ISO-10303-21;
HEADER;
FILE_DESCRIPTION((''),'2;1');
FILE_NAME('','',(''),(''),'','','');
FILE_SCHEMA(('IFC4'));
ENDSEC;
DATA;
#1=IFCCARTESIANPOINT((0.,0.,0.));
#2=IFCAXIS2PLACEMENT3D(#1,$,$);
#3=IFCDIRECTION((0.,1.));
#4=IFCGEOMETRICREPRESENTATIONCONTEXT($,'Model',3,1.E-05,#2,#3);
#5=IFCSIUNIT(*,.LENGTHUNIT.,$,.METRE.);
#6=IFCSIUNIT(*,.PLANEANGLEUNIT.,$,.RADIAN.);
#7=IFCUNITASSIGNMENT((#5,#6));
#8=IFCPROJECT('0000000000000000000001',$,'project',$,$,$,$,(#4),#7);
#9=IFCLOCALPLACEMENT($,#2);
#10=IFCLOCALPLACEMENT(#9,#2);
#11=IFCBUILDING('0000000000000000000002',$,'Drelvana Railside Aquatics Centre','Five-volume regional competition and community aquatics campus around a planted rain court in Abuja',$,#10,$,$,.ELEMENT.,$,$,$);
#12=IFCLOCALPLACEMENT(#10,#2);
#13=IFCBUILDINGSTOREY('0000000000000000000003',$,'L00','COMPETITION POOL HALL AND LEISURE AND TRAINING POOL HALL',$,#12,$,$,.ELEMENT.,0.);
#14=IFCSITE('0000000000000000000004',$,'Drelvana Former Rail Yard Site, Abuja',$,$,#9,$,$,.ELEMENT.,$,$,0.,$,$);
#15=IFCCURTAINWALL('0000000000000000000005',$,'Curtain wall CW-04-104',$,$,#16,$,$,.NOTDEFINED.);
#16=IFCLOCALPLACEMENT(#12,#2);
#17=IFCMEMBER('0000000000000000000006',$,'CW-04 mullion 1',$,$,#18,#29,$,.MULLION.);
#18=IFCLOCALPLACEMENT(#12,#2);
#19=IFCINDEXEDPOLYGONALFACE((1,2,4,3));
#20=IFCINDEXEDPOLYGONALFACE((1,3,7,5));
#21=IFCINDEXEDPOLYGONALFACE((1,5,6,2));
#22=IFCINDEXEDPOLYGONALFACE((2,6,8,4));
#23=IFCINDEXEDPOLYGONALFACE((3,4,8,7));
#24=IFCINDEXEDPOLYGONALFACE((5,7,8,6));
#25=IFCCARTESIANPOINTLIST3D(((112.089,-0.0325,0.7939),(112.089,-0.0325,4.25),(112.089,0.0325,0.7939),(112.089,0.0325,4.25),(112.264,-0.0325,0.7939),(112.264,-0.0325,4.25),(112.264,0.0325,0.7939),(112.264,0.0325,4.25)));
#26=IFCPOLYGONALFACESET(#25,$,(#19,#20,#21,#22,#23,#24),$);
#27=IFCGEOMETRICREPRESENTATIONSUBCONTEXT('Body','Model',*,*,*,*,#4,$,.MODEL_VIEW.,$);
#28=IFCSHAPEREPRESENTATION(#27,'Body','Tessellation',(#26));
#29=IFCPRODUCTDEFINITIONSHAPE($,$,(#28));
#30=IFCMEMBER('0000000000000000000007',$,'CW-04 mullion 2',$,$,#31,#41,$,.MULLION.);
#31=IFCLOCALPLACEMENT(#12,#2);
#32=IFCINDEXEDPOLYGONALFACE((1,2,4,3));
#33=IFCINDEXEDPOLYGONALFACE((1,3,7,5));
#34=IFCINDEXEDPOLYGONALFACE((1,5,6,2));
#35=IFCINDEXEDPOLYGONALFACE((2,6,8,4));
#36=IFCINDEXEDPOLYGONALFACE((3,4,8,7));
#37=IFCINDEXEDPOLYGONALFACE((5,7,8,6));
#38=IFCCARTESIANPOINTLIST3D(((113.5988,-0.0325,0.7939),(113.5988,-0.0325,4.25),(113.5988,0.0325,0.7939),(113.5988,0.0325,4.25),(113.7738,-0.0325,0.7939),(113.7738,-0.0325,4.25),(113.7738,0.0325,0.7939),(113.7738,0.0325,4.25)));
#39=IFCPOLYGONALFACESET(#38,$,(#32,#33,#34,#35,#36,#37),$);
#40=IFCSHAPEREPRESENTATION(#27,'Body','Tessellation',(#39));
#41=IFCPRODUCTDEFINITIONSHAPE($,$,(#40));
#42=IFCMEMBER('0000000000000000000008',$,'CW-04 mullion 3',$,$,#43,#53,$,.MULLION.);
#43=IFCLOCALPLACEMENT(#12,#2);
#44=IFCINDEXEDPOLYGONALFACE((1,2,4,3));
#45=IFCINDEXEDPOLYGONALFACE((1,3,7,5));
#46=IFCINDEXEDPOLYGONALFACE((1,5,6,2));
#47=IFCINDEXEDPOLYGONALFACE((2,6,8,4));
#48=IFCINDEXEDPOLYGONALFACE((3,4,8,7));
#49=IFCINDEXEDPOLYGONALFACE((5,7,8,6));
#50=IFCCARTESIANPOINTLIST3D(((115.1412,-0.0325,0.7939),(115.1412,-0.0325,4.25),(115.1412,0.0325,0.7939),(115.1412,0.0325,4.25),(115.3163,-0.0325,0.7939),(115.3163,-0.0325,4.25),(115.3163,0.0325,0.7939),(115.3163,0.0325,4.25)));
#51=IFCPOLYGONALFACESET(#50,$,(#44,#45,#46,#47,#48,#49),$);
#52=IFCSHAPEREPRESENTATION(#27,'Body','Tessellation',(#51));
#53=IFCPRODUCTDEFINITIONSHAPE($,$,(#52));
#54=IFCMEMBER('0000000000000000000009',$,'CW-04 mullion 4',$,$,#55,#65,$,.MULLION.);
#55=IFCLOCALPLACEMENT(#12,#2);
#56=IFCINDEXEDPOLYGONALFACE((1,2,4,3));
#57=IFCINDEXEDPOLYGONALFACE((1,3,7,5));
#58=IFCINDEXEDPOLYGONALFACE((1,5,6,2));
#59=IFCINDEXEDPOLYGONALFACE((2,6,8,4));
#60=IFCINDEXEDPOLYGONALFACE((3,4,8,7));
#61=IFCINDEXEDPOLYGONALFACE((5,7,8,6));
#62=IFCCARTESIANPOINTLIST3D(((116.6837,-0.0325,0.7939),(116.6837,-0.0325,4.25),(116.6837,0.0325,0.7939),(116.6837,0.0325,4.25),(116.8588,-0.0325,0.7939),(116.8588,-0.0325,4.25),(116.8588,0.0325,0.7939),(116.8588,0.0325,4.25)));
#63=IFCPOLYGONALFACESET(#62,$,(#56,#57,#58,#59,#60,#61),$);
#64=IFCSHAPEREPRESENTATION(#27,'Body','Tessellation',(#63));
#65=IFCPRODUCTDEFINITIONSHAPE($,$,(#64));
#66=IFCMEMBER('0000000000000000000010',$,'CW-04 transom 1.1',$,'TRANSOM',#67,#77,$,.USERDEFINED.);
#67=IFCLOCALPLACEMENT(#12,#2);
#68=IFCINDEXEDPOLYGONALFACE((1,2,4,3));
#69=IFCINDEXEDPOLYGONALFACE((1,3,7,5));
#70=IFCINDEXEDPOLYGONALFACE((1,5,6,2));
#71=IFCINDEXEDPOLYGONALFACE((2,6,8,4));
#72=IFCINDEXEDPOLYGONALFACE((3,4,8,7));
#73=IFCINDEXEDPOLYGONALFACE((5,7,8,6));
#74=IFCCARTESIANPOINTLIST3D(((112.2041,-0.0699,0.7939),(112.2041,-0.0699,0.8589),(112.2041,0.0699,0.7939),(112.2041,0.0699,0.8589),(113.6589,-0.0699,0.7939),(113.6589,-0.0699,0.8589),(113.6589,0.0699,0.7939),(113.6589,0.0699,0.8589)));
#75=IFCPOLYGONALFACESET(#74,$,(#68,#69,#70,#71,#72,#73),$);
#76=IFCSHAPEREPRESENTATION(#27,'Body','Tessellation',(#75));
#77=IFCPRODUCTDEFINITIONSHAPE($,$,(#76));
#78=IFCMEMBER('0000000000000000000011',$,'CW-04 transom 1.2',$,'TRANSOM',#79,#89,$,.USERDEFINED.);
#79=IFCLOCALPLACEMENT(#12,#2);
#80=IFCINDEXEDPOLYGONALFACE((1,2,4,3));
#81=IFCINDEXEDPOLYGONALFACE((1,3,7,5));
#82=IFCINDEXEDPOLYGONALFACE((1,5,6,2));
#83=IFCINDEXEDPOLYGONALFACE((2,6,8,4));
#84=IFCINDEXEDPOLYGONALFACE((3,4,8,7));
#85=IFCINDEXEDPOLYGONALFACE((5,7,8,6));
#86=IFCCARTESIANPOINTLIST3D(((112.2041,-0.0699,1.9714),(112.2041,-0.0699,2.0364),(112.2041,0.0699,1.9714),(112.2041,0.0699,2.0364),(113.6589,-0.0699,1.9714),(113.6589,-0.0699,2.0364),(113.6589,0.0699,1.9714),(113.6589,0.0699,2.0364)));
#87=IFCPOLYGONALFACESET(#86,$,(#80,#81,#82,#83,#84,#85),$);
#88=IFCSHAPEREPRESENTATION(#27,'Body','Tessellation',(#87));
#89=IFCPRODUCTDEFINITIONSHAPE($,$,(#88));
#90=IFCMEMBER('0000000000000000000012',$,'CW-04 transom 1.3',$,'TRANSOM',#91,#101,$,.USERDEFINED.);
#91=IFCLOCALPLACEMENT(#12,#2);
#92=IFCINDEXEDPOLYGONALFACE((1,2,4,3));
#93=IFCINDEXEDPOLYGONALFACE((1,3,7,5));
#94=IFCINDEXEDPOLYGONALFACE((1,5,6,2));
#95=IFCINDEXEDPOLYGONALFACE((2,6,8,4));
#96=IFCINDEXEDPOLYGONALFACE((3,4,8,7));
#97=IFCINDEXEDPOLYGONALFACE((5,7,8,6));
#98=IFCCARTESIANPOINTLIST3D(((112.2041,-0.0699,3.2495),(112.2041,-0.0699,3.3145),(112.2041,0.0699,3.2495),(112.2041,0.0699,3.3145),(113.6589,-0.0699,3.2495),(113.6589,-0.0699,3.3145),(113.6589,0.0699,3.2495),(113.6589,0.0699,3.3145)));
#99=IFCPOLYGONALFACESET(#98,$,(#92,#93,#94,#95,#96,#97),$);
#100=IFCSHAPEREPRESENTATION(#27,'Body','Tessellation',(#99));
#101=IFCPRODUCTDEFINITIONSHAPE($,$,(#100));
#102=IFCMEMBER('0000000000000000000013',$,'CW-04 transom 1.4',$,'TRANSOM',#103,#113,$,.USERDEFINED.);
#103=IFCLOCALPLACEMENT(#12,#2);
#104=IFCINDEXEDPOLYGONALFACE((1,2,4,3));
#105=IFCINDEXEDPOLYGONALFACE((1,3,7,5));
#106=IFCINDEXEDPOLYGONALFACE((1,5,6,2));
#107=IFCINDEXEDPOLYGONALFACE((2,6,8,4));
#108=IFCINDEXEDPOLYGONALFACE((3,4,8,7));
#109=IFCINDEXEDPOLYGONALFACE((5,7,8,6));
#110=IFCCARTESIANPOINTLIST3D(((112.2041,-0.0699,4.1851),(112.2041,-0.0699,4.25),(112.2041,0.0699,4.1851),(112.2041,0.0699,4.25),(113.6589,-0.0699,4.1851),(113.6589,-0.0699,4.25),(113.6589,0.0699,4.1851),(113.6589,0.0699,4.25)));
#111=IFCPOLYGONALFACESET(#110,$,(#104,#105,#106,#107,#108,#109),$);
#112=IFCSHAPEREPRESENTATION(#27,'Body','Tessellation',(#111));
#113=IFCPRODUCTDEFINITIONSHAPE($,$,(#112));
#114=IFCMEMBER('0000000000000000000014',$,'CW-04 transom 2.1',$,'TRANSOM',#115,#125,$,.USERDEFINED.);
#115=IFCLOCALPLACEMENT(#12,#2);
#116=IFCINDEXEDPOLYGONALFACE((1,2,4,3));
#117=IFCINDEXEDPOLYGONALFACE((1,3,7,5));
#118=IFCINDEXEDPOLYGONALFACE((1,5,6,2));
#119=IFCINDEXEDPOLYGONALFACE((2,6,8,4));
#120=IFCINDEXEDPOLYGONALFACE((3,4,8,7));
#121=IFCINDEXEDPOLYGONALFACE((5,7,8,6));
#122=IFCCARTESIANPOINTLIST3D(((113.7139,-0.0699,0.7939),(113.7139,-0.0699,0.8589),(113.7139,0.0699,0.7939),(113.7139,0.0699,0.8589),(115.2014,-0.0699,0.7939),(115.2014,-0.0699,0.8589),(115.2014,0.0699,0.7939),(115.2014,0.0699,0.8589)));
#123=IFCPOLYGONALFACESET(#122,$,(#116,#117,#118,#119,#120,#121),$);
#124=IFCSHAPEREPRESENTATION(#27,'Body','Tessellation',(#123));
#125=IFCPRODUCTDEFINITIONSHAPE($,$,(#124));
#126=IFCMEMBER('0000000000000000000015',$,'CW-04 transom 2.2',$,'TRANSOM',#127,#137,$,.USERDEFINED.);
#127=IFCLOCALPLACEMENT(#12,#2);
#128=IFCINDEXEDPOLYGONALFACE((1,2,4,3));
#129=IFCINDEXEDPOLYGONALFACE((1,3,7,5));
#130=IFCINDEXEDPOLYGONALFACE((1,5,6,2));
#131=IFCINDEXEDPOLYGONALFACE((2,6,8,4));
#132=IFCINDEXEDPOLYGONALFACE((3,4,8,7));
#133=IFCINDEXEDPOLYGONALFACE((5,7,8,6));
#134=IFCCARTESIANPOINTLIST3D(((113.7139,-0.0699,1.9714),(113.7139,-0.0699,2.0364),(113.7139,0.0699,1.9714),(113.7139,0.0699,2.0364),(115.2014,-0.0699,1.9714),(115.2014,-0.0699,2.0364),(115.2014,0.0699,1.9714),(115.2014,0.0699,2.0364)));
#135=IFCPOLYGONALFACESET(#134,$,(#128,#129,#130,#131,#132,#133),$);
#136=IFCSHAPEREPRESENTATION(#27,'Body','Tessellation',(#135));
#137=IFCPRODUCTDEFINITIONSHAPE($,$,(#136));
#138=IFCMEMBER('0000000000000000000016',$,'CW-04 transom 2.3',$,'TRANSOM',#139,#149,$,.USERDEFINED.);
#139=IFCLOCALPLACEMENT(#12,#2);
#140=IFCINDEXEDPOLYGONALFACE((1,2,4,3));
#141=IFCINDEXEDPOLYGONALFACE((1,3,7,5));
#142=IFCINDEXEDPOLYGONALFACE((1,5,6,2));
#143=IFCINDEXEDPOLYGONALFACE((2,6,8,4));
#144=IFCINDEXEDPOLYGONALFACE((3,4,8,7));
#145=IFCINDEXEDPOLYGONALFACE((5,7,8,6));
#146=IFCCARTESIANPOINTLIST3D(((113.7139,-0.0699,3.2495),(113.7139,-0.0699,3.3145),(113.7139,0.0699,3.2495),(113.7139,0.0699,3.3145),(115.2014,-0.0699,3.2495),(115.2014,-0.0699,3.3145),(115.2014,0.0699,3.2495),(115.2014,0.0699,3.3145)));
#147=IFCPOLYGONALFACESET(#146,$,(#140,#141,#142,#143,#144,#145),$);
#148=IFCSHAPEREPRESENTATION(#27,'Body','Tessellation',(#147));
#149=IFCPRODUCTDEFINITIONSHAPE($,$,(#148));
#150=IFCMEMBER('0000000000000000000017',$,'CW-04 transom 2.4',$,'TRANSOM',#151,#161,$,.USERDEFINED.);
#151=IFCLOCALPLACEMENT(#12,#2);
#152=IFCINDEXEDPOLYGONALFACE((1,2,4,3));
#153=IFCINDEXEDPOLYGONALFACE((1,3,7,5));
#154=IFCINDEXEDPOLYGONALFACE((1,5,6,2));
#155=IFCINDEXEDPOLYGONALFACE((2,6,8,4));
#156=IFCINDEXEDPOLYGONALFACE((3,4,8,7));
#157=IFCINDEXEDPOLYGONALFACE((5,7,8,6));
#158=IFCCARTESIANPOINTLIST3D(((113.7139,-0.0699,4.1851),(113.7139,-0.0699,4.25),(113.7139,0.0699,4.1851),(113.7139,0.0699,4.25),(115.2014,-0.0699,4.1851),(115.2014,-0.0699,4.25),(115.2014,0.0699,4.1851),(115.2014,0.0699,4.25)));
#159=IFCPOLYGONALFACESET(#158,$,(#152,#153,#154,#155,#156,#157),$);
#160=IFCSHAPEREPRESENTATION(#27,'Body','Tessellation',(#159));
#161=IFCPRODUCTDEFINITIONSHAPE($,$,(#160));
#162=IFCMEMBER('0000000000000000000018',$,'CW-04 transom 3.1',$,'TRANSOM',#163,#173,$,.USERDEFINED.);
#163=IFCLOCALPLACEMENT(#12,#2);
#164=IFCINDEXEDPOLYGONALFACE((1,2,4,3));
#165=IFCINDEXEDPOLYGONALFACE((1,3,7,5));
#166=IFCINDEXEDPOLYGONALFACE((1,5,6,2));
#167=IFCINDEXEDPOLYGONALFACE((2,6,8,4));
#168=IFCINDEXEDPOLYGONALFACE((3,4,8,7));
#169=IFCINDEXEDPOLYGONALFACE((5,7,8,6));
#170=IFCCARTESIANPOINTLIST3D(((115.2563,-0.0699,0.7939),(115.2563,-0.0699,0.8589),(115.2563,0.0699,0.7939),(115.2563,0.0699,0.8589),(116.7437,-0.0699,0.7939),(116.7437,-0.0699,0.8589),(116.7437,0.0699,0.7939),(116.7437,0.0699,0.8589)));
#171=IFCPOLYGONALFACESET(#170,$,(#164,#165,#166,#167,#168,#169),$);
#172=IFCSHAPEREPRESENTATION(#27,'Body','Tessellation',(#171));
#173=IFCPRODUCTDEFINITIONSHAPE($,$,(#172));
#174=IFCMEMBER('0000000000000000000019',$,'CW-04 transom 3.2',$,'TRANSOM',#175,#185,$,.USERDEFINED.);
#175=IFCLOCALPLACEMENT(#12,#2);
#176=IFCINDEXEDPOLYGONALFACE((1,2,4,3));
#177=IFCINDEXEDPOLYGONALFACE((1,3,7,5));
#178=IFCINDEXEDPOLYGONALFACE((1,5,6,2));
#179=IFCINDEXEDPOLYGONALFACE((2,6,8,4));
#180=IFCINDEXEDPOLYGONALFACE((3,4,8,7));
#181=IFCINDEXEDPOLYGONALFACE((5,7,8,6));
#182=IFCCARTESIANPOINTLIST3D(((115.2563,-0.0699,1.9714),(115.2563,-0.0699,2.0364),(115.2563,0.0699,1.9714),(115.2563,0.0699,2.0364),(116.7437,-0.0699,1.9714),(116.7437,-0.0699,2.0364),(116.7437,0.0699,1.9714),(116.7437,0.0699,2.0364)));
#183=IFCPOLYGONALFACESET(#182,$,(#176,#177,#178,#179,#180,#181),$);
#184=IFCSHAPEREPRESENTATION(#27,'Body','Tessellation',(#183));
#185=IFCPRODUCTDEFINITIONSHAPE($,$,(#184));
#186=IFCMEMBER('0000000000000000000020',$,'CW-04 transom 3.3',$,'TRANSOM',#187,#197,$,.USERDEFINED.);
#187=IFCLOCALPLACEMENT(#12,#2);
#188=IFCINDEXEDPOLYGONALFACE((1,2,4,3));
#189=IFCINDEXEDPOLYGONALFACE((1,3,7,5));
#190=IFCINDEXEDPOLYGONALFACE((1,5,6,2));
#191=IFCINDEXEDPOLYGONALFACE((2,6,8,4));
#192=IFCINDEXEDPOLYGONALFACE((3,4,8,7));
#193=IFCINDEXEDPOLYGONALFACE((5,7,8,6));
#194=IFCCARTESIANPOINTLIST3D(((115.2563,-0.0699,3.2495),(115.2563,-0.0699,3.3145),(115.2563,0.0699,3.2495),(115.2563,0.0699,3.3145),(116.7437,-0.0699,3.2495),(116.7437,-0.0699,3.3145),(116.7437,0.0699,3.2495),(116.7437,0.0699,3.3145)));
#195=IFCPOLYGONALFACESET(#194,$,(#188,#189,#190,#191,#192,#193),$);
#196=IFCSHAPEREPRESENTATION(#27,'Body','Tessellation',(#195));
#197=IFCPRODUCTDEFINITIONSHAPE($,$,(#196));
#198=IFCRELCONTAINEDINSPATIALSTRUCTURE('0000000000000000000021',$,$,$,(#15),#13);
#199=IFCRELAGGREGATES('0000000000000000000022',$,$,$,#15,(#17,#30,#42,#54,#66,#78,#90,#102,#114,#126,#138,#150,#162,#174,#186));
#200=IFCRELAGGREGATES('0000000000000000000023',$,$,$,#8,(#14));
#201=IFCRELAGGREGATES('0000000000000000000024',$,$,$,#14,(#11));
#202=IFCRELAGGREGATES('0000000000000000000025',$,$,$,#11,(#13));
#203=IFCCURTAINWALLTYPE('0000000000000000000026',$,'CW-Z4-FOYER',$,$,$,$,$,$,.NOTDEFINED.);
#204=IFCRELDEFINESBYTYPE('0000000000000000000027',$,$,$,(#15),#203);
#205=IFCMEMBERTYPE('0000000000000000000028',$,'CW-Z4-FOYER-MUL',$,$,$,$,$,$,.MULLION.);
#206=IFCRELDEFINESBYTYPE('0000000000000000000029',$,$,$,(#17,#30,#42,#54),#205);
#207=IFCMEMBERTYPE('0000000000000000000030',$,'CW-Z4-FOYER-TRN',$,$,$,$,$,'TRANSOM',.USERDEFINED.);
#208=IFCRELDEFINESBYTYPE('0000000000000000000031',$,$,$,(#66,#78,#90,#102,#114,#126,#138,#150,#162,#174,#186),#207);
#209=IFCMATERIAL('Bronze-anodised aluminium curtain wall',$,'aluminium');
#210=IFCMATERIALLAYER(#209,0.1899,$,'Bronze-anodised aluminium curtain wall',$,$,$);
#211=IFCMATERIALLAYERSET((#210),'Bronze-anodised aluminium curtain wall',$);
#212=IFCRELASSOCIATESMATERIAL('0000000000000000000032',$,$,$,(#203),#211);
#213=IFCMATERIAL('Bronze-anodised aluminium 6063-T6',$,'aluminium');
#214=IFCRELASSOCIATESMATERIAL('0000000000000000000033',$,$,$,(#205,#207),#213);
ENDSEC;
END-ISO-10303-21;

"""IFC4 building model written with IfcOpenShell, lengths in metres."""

from ifc_helpers import new_model, si_unit, direction, frame, origin, origin_2d, place, context, subcontext, project, spatial, rectangle, extrude, material, layer, layer_set, material_profile, profile_set, type_object, element, aggregate, save


model = new_model("IFC4")

# Units and contexts
model_context = context("Model", 3, precision=1e-05, world=origin(), true_north=direction((0.0, 1.0)))
body_context = subcontext(model_context, "Body", "Model", "MODEL_VIEW")
ifc_project = project(units=[si_unit("LENGTHUNIT", "METRE"), si_unit("PLANEANGLEUNIT", "RADIAN")], contexts=[model_context])

# Site, building, storey
site_placement = place(None, origin())
site = spatial("IfcSite", under=ifc_project, at=site_placement, Name="Drelvana Former Rail Yard Site, Abuja", CompositionType="ELEMENT", RefElevation=0.0)
building_placement = place(site_placement, origin())
building = spatial("IfcBuilding", under=site, at=building_placement, Name="Drelvana Railside Aquatics Centre", Description="Five-volume regional competition and community aquatics campus around a planted rain court in Abuja", CompositionType="ELEMENT")
storey_placement = place(building_placement, origin())
storey = spatial("IfcBuildingStorey", under=building, at=storey_placement, Name="L00", Description="COMPETITION POOL HALL AND LEISURE AND TRAINING POOL HALL", CompositionType="ELEMENT", Elevation=0.0)

# Curtain wall, members
ifc_material_1 = material(Name="Bronze-anodised aluminium curtain wall", Category="aluminium")
ifc_layer_1 = layer(ifc_material_1, 0.1899, Name="Bronze-anodised aluminium curtain wall")
ifc_layer_set_1 = layer_set([ifc_layer_1], Name="Bronze-anodised aluminium curtain wall")
curtain_wall_type = type_object("IfcCurtainWallType", Name="CW-Z4-FOYER", PredefinedType="NOTDEFINED", material=ifc_layer_set_1)
curtain_wall_placement = place(storey_placement, origin())
curtain_wall = element("IfcCurtainWall", 1, at=curtain_wall_placement, inside=storey, type_object=curtain_wall_type, Name="Curtain wall CW-04-104", PredefinedType="NOTDEFINED")
ifc_material_2 = material(Name="Bronze-anodised aluminium 6063-T6", Category="aluminium")
ifc_material_profile_1 = material_profile(ifc_material_2, rectangle(XDim=0.0649, YDim=0.175, at=origin_2d()), Name="ALU-M 65x175")
ifc_profile_set_1 = profile_set([ifc_material_profile_1], Name="Bronze-anodised aluminium 6063-T6")
member_type_1 = type_object("IfcMemberType", Name="CW-Z4-FOYER-MUL", PredefinedType="MULLION", material=ifc_profile_set_1)
member_1_placement = place(storey_placement, frame((112.1765, 0.0, 0.7939), z_axis=(0.0, 0.0, 1.0), x_axis=(0.0, 1.0, 0.0)))
member_1 = element("IfcMember", 2, at=member_1_placement, type_object=member_type_1, Name="CW-04 mullion 1", PredefinedType="MULLION", context=body_context, shape_type="SweptSolid", body=[
    extrude(rectangle(XDim=0.0649, YDim=0.175, at=origin_2d()), origin(), (0.0, 0.0, 1.0), 3.4561),
])
member_2_placement = place(storey_placement, frame((113.6863, 0.0, 0.7939), z_axis=(0.0, 0.0, 1.0), x_axis=(0.0, 1.0, 0.0)))
member_2 = element("IfcMember", 3, at=member_2_placement, type_object=member_type_1, Name="CW-04 mullion 2", PredefinedType="MULLION", context=body_context, shape_type="SweptSolid", body=[
    extrude(rectangle(XDim=0.0649, YDim=0.175, at=origin_2d()), origin(), (0.0, 0.0, 1.0), 3.4561),
])
member_3_placement = place(storey_placement, frame((115.2288, 0.0, 0.7939), z_axis=(0.0, 0.0, 1.0), x_axis=(0.0, 1.0, 0.0)))
member_3 = element("IfcMember", 4, at=member_3_placement, type_object=member_type_1, Name="CW-04 mullion 3", PredefinedType="MULLION", context=body_context, shape_type="SweptSolid", body=[
    extrude(rectangle(XDim=0.0649, YDim=0.175, at=origin_2d()), origin(), (0.0, 0.0, 1.0), 3.4561),
])
member_4_placement = place(storey_placement, frame((116.7712, 0.0, 0.7939), z_axis=(0.0, 0.0, 1.0), x_axis=(0.0, 1.0, 0.0)))
member_4 = element("IfcMember", 5, at=member_4_placement, type_object=member_type_1, Name="CW-04 mullion 4", PredefinedType="MULLION", context=body_context, shape_type="SweptSolid", body=[
    extrude(rectangle(XDim=0.0649, YDim=0.175, at=origin_2d()), origin(), (0.0, 0.0, 1.0), 3.4561),
])
ifc_material_profile_2 = material_profile(ifc_material_2, rectangle(XDim=0.1399, YDim=0.0649, at=origin_2d()), Name="ALU-T 65x140")
ifc_profile_set_2 = profile_set([ifc_material_profile_2], Name="Bronze-anodised aluminium 6063-T6")
member_type_2 = type_object("IfcMemberType", Name="CW-Z4-FOYER-TRN", ElementType="TRANSOM", PredefinedType="USERDEFINED", material=ifc_profile_set_2)
member_5_placement = place(storey_placement, frame((112.2041, 0.0, 0.8264), z_axis=(1.0, 0.0, 0.0), x_axis=(0.0, 1.0, 0.0)))
member_5 = element("IfcMember", 6, at=member_5_placement, type_object=member_type_2, Name="CW-04 transom 1.1", ObjectType="TRANSOM", PredefinedType="USERDEFINED", context=body_context, shape_type="SweptSolid", body=[
    extrude(rectangle(XDim=0.1399, YDim=0.0649, at=origin_2d()), origin(), (0.0, 0.0, 1.0), 1.4548),
])
member_6_placement = place(storey_placement, frame((112.2041, 0.0, 2.0039), z_axis=(1.0, 0.0, 0.0), x_axis=(0.0, 1.0, 0.0)))
member_6 = element("IfcMember", 7, at=member_6_placement, type_object=member_type_2, Name="CW-04 transom 1.2", ObjectType="TRANSOM", PredefinedType="USERDEFINED", context=body_context, shape_type="SweptSolid", body=[
    extrude(rectangle(XDim=0.1399, YDim=0.0649, at=origin_2d()), origin(), (0.0, 0.0, 1.0), 1.4548),
])
member_7_placement = place(storey_placement, frame((112.2041, 0.0, 3.282), z_axis=(1.0, 0.0, 0.0), x_axis=(0.0, 1.0, 0.0)))
member_7 = element("IfcMember", 8, at=member_7_placement, type_object=member_type_2, Name="CW-04 transom 1.3", ObjectType="TRANSOM", PredefinedType="USERDEFINED", context=body_context, shape_type="SweptSolid", body=[
    extrude(rectangle(XDim=0.1399, YDim=0.0649, at=origin_2d()), origin(), (0.0, 0.0, 1.0), 1.4548),
])
member_8_placement = place(storey_placement, frame((112.2041, 0.0, 4.2175), z_axis=(1.0, 0.0, 0.0), x_axis=(0.0, 1.0, 0.0)))
member_8 = element("IfcMember", 9, at=member_8_placement, type_object=member_type_2, Name="CW-04 transom 1.4", ObjectType="TRANSOM", PredefinedType="USERDEFINED", context=body_context, shape_type="SweptSolid", body=[
    extrude(rectangle(XDim=0.1399, YDim=0.0649, at=origin_2d()), origin(), (0.0, 0.0, 1.0), 1.4548),
])
member_9_placement = place(storey_placement, frame((113.7139, 0.0, 0.8264), z_axis=(1.0, 0.0, 0.0), x_axis=(0.0, 1.0, 0.0)))
member_9 = element("IfcMember", 10, at=member_9_placement, type_object=member_type_2, Name="CW-04 transom 2.1", ObjectType="TRANSOM", PredefinedType="USERDEFINED", context=body_context, shape_type="SweptSolid", body=[
    extrude(rectangle(XDim=0.1399, YDim=0.0649, at=origin_2d()), origin(), (0.0, 0.0, 1.0), 1.4875),
])
member_10_placement = place(storey_placement, frame((113.7139, 0.0, 2.0039), z_axis=(1.0, 0.0, 0.0), x_axis=(0.0, 1.0, 0.0)))
member_10 = element("IfcMember", 11, at=member_10_placement, type_object=member_type_2, Name="CW-04 transom 2.2", ObjectType="TRANSOM", PredefinedType="USERDEFINED", context=body_context, shape_type="SweptSolid", body=[
    extrude(rectangle(XDim=0.1399, YDim=0.0649, at=origin_2d()), origin(), (0.0, 0.0, 1.0), 1.4875),
])
member_11_placement = place(storey_placement, frame((113.7139, 0.0, 3.282), z_axis=(1.0, 0.0, 0.0), x_axis=(0.0, 1.0, 0.0)))
member_11 = element("IfcMember", 12, at=member_11_placement, type_object=member_type_2, Name="CW-04 transom 2.3", ObjectType="TRANSOM", PredefinedType="USERDEFINED", context=body_context, shape_type="SweptSolid", body=[
    extrude(rectangle(XDim=0.1399, YDim=0.0649, at=origin_2d()), origin(), (0.0, 0.0, 1.0), 1.4875),
])
member_12_placement = place(storey_placement, frame((113.7139, 0.0, 4.2175), z_axis=(1.0, 0.0, 0.0), x_axis=(0.0, 1.0, 0.0)))
member_12 = element("IfcMember", 13, at=member_12_placement, type_object=member_type_2, Name="CW-04 transom 2.4", ObjectType="TRANSOM", PredefinedType="USERDEFINED", context=body_context, shape_type="SweptSolid", body=[
    extrude(rectangle(XDim=0.1399, YDim=0.0649, at=origin_2d()), origin(), (0.0, 0.0, 1.0), 1.4875),
])
member_13_placement = place(storey_placement, frame((115.2563, 0.0, 0.8264), z_axis=(1.0, 0.0, 0.0), x_axis=(0.0, 1.0, 0.0)))
member_13 = element("IfcMember", 14, at=member_13_placement, type_object=member_type_2, Name="CW-04 transom 3.1", ObjectType="TRANSOM", PredefinedType="USERDEFINED", context=body_context, shape_type="SweptSolid", body=[
    extrude(rectangle(XDim=0.1399, YDim=0.0649, at=origin_2d()), origin(), (0.0, 0.0, 1.0), 1.4873),
])
member_14_placement = place(storey_placement, frame((115.2563, 0.0, 2.0039), z_axis=(1.0, 0.0, 0.0), x_axis=(0.0, 1.0, 0.0)))
member_14 = element("IfcMember", 15, at=member_14_placement, type_object=member_type_2, Name="CW-04 transom 3.2", ObjectType="TRANSOM", PredefinedType="USERDEFINED", context=body_context, shape_type="SweptSolid", body=[
    extrude(rectangle(XDim=0.1399, YDim=0.0649, at=origin_2d()), origin(), (0.0, 0.0, 1.0), 1.4873),
])
member_15_placement = place(storey_placement, frame((115.2563, 0.0, 3.282), z_axis=(1.0, 0.0, 0.0), x_axis=(0.0, 1.0, 0.0)))
member_15 = element("IfcMember", 16, at=member_15_placement, type_object=member_type_2, Name="CW-04 transom 3.3", ObjectType="TRANSOM", PredefinedType="USERDEFINED", context=body_context, shape_type="SweptSolid", body=[
    extrude(rectangle(XDim=0.1399, YDim=0.0649, at=origin_2d()), origin(), (0.0, 0.0, 1.0), 1.4873),
])

aggregate(curtain_wall, [member_1, member_2, member_3, member_4, member_5, member_6, member_7, member_8, member_9, member_10, member_11, member_12, member_13, member_14, member_15])

save(model, "model.ifc")
